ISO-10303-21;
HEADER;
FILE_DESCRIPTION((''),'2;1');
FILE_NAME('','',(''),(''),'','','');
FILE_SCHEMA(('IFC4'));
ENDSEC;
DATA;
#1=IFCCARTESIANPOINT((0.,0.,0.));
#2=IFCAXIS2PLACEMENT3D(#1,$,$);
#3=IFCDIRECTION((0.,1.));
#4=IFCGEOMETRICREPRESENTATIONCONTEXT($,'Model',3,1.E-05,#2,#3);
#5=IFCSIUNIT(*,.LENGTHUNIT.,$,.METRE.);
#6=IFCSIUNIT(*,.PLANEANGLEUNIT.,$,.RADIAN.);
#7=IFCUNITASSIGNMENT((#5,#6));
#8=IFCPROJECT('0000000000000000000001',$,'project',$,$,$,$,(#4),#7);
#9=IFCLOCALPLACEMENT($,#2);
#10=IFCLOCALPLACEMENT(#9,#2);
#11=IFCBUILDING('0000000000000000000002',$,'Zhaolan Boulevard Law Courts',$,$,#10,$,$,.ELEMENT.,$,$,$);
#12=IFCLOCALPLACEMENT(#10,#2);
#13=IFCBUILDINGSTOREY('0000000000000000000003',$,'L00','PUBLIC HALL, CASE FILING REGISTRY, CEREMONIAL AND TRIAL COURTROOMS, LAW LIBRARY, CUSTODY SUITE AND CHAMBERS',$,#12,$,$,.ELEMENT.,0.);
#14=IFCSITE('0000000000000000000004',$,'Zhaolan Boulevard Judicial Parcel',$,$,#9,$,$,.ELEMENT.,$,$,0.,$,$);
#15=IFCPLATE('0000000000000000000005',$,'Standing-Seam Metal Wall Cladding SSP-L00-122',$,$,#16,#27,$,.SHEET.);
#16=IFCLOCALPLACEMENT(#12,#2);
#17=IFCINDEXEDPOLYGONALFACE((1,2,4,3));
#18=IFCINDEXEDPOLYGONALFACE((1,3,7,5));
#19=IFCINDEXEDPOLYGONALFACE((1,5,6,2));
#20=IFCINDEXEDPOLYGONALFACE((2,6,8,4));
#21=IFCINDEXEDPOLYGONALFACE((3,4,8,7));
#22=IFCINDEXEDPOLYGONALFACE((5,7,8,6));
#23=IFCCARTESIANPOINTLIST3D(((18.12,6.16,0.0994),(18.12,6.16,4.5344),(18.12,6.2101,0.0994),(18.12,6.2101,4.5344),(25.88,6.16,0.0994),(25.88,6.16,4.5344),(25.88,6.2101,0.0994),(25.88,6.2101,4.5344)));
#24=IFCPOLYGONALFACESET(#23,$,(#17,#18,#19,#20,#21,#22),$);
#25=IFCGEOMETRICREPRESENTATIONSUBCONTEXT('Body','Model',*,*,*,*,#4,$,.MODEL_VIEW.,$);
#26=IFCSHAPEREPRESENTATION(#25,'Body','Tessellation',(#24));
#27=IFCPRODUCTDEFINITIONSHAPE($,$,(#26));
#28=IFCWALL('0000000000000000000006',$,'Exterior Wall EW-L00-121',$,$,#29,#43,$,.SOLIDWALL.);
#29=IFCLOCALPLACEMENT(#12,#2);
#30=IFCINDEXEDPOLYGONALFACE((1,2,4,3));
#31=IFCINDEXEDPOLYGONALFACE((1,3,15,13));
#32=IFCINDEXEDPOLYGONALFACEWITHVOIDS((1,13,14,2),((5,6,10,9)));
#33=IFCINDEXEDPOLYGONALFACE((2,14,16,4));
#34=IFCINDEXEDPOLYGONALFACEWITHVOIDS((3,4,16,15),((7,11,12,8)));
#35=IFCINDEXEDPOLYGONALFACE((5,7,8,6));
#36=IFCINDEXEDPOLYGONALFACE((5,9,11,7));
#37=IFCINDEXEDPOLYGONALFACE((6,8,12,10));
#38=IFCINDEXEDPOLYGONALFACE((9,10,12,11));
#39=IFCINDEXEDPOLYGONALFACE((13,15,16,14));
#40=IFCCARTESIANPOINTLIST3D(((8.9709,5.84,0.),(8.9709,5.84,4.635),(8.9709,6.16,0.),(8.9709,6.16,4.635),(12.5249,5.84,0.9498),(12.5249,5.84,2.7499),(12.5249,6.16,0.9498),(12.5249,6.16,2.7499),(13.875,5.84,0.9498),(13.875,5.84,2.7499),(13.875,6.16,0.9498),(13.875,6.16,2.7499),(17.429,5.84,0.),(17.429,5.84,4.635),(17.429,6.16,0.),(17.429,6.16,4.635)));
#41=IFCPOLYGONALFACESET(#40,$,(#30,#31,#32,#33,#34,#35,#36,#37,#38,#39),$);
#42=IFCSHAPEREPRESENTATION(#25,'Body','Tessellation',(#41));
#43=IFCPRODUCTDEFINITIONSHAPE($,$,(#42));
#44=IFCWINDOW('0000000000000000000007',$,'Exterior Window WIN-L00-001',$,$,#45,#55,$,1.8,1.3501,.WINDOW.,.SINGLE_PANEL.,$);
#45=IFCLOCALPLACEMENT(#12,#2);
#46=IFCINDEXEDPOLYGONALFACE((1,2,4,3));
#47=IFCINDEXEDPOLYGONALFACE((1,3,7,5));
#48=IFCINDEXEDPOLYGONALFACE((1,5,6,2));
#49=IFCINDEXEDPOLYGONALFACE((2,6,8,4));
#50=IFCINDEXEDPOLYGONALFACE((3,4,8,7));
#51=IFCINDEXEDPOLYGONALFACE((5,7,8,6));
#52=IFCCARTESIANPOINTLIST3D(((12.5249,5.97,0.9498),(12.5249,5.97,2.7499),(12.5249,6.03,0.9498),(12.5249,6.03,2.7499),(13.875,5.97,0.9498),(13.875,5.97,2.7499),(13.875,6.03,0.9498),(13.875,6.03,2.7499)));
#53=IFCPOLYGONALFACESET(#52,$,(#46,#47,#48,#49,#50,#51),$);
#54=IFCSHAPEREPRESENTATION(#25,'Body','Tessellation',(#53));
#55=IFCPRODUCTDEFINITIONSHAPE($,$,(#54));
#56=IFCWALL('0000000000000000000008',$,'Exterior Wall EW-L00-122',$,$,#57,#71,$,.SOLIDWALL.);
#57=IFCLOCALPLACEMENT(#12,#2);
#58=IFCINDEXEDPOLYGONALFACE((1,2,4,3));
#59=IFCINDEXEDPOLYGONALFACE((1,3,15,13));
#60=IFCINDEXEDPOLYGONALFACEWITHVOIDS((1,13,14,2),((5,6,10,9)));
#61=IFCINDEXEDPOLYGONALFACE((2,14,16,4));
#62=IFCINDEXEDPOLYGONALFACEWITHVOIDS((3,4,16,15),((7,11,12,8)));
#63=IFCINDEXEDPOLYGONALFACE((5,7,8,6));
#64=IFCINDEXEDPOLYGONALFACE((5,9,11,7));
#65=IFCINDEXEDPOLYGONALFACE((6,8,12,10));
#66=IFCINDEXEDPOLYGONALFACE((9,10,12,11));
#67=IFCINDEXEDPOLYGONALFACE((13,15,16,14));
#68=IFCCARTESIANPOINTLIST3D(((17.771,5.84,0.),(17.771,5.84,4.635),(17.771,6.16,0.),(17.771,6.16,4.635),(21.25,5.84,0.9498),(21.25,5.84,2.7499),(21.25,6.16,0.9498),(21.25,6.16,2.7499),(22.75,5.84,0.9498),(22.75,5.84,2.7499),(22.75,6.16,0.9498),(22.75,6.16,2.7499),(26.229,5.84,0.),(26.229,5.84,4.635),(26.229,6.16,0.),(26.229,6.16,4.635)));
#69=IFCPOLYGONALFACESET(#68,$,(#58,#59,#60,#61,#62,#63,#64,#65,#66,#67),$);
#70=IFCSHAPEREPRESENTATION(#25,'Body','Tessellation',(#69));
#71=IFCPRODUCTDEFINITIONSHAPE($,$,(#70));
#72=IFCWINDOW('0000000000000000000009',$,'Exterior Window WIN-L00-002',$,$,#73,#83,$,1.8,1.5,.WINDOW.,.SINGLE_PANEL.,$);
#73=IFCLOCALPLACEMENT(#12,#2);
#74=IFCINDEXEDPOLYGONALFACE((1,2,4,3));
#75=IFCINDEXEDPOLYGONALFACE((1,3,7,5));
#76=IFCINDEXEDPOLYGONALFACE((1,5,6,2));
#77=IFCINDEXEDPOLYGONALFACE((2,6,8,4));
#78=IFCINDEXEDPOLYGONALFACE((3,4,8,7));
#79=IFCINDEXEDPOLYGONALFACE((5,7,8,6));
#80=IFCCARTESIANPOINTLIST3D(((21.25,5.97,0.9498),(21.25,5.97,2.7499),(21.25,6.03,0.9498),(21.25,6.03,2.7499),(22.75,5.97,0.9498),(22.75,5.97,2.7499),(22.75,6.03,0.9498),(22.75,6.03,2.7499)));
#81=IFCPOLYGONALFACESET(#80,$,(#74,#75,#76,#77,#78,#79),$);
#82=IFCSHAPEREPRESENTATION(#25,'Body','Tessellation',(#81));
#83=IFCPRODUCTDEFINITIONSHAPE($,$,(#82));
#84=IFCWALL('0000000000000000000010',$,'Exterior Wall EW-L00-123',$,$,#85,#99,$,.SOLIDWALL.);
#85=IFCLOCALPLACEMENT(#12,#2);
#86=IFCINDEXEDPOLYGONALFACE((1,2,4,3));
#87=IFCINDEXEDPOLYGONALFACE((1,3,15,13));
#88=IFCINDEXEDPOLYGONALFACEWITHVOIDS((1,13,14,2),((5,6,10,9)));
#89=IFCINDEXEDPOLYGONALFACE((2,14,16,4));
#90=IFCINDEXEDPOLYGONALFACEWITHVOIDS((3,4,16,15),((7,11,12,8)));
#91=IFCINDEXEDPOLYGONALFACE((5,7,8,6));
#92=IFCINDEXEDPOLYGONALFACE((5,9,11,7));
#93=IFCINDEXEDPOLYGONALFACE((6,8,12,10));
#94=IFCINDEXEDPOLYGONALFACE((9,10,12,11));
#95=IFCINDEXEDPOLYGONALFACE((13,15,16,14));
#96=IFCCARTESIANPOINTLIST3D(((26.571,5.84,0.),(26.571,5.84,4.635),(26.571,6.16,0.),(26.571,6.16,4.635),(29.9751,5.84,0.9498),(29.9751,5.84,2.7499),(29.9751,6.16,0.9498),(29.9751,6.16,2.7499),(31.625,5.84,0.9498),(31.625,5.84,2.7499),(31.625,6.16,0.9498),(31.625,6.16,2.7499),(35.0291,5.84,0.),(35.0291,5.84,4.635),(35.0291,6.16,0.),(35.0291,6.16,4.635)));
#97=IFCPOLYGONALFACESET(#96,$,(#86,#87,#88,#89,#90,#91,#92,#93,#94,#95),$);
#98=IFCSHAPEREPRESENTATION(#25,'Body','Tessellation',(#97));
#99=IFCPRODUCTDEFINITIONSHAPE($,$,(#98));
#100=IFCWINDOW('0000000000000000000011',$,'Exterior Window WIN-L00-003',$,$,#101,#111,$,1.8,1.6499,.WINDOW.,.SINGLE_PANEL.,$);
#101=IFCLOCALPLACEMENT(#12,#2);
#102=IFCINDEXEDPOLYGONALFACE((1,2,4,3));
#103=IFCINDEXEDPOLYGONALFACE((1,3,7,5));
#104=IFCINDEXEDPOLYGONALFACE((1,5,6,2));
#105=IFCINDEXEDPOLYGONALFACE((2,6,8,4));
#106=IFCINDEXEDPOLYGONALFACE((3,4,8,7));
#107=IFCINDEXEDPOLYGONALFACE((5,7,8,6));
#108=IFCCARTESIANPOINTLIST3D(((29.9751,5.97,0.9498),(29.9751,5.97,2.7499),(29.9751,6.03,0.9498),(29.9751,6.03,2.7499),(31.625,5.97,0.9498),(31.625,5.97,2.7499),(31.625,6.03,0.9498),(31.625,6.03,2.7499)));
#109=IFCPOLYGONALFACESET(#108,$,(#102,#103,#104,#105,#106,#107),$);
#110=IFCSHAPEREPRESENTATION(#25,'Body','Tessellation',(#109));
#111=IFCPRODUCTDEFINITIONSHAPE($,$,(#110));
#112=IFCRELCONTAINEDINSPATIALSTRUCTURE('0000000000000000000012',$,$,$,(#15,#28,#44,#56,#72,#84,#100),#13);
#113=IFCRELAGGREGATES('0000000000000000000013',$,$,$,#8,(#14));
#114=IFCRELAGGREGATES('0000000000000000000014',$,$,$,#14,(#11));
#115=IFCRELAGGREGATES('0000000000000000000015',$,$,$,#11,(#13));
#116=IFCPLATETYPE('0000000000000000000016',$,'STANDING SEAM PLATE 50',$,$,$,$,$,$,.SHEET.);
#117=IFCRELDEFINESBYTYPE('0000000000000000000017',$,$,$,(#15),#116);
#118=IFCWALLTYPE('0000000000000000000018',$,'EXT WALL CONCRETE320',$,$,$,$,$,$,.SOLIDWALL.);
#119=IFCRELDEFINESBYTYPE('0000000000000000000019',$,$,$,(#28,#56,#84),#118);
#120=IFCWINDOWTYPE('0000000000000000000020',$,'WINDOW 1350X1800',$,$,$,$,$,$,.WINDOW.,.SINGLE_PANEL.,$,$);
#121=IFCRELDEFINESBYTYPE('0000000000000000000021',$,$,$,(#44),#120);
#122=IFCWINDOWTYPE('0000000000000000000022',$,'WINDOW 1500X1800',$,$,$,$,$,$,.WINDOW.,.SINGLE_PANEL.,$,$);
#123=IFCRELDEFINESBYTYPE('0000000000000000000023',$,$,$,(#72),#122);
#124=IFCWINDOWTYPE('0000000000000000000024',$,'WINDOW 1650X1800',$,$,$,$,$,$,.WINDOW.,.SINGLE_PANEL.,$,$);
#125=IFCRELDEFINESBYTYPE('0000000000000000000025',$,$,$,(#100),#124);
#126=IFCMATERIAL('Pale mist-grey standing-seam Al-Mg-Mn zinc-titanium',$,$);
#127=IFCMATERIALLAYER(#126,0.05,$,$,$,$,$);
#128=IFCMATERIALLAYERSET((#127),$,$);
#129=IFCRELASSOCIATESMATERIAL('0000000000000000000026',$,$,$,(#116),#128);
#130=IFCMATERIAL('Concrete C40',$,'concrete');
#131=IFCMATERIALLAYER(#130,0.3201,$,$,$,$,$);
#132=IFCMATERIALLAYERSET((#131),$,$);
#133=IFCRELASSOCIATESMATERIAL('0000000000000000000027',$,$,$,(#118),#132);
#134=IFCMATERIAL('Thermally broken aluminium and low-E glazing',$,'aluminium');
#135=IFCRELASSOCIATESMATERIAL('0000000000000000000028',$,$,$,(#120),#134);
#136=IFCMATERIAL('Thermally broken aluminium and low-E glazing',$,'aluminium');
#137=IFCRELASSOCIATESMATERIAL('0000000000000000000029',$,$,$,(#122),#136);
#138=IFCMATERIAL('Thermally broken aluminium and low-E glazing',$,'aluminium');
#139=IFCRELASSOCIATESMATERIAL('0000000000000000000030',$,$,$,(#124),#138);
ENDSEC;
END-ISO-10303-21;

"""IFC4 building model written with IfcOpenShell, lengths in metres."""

from ifc_helpers import new_model, si_unit, direction, frame, frame_2d, origin, origin_2d, place, context, subcontext, project, spatial, rectangle, extrude, material, layer, layer_set, type_object, element, fill, save


model = new_model("IFC4")

# Units and contexts
model_context = context("Model", 3, precision=1e-05, world=origin(), true_north=direction((0.0, 1.0)))
body_context = subcontext(model_context, "Body", "Model", "MODEL_VIEW")
ifc_project = project(units=[si_unit("LENGTHUNIT", "METRE"), si_unit("PLANEANGLEUNIT", "RADIAN")], contexts=[model_context])

# Site, building, storey
site_placement = place(None, origin())
site = spatial("IfcSite", under=ifc_project, at=site_placement, Name="Zhaolan Boulevard Judicial Parcel", CompositionType="ELEMENT", RefElevation=0.0)
building_placement = place(site_placement, origin())
building = spatial("IfcBuilding", under=site, at=building_placement, Name="Zhaolan Boulevard Law Courts", CompositionType="ELEMENT")
storey_placement = place(building_placement, origin())
storey = spatial("IfcBuildingStorey", under=building, at=storey_placement, Name="L00", Description="PUBLIC HALL, CASE FILING REGISTRY, CEREMONIAL AND TRIAL COURTROOMS, LAW LIBRARY, CUSTODY SUITE AND CHAMBERS", CompositionType="ELEMENT", Elevation=0.0)

# Plate
ifc_material_1 = material(Name="Pale mist-grey standing-seam Al-Mg-Mn zinc-titanium")
ifc_layer_1 = layer(ifc_material_1, 0.05)
ifc_layer_set_1 = layer_set([ifc_layer_1])
plate_type = type_object("IfcPlateType", Name="STANDING SEAM PLATE 50", PredefinedType="SHEET", material=ifc_layer_set_1)
plate_placement = place(storey_placement, frame((22.0, 6.1851, 0.0994), z_axis=(0.0, 0.0, 1.0), x_axis=(1.0, 0.0, 0.0)))
element("IfcPlate", 1, at=plate_placement, inside=storey, type_object=plate_type, Name="Standing-Seam Metal Wall Cladding SSP-L00-122", PredefinedType="SHEET", context=body_context, shape_type="SweptSolid", body=[
    extrude(rectangle(XDim=7.76, YDim=0.05, at=origin_2d()), origin(), (0.0, 0.0, 1.0), 4.4351),
])

# Walls, openings, windows
ifc_material_2 = material(Name="Concrete C40", Category="concrete")
ifc_layer_2 = layer(ifc_material_2, 0.3201)
ifc_layer_set_2 = layer_set([ifc_layer_2])
wall_type = type_object("IfcWallType", Name="EXT WALL CONCRETE320", PredefinedType="SOLIDWALL", material=ifc_layer_set_2)
wall_1_placement = place(storey_placement, frame((8.9709, 6.0, 0.0), z_axis=(0.0, 0.0, 1.0), x_axis=(1.0, 0.0, 0.0)))
wall_1 = element("IfcWall", 2, at=wall_1_placement, inside=storey, type_object=wall_type, Name="Exterior Wall EW-L00-121", PredefinedType="SOLIDWALL", context=body_context, shape_type="SweptSolid", body=[
    extrude(rectangle(XDim=8.458, YDim=0.3201, at=frame_2d((4.229, 0.0))), origin(), (0.0, 0.0, 1.0), 4.635),
])
opening_1_placement = place(wall_1_placement, frame((3.554, 0.0, 0.95)))
opening_1 = element("IfcOpeningElement", 3, at=opening_1_placement, cuts=wall_1, PredefinedType="OPENING", context=body_context, shape_type="SweptSolid", body=[
    extrude(rectangle(XDim=1.3501, YDim=1.8, at=frame_2d((0.675, 0.8999))), frame((0.0, 0.1699, 0.0), z_axis=(0.0, -1.0, 0.0), x_axis=(1.0, 0.0, 0.0)), (0.0, 0.0, 1.0), 0.3401),
])
ifc_material_3 = material(Name="Thermally broken aluminium and low-E glazing", Category="aluminium")
window_type_1 = type_object("IfcWindowType", Name="WINDOW 1350X1800", PartitioningType="SINGLE_PANEL", PredefinedType="WINDOW", material=ifc_material_3)
window_1_placement = place(opening_1_placement, origin())
window_1 = element("IfcWindow", 4, at=window_1_placement, inside=storey, type_object=window_type_1, Name="Exterior Window WIN-L00-001", OverallHeight=1.8, OverallWidth=1.3501, PartitioningType="SINGLE_PANEL", PredefinedType="WINDOW", context=body_context, shape_type="SweptSolid", body=[
    extrude(rectangle(XDim=1.3501, YDim=1.8, at=frame_2d((0.675, 0.8999))), frame((0.0, 0.03, 0.0), z_axis=(0.0, -1.0, 0.0), x_axis=(1.0, 0.0, 0.0)), (0.0, 0.0, 1.0), 0.0601),
])
fill(opening_1, window_1)
wall_2_placement = place(storey_placement, frame((17.771, 6.0, 0.0), z_axis=(0.0, 0.0, 1.0), x_axis=(1.0, 0.0, 0.0)))
wall_2 = element("IfcWall", 5, at=wall_2_placement, inside=storey, type_object=wall_type, Name="Exterior Wall EW-L00-122", PredefinedType="SOLIDWALL", context=body_context, shape_type="SweptSolid", body=[
    extrude(rectangle(XDim=8.458, YDim=0.3201, at=frame_2d((4.229, 0.0))), origin(), (0.0, 0.0, 1.0), 4.635),
])
opening_2_placement = place(wall_2_placement, frame((3.479, 0.0, 0.95)))
opening_2 = element("IfcOpeningElement", 6, at=opening_2_placement, cuts=wall_2, PredefinedType="OPENING", context=body_context, shape_type="SweptSolid", body=[
    extrude(rectangle(XDim=1.5, YDim=1.8, at=frame_2d((0.75, 0.8999))), frame((0.0, 0.1699, 0.0), z_axis=(0.0, -1.0, 0.0), x_axis=(1.0, 0.0, 0.0)), (0.0, 0.0, 1.0), 0.3401),
])
ifc_material_4 = material(Name="Thermally broken aluminium and low-E glazing", Category="aluminium")
window_type_2 = type_object("IfcWindowType", Name="WINDOW 1500X1800", PartitioningType="SINGLE_PANEL", PredefinedType="WINDOW", material=ifc_material_4)
window_2_placement = place(opening_2_placement, origin())
window_2 = element("IfcWindow", 7, at=window_2_placement, inside=storey, type_object=window_type_2, Name="Exterior Window WIN-L00-002", OverallHeight=1.8, OverallWidth=1.5, PartitioningType="SINGLE_PANEL", PredefinedType="WINDOW", context=body_context, shape_type="SweptSolid", body=[
    extrude(rectangle(XDim=1.5, YDim=1.8, at=frame_2d((0.75, 0.8999))), frame((0.0, 0.03, 0.0), z_axis=(0.0, -1.0, 0.0), x_axis=(1.0, 0.0, 0.0)), (0.0, 0.0, 1.0), 0.0601),
])
fill(opening_2, window_2)
wall_3_placement = place(storey_placement, frame((26.571, 6.0, 0.0), z_axis=(0.0, 0.0, 1.0), x_axis=(1.0, 0.0, 0.0)))
wall_3 = element("IfcWall", 8, at=wall_3_placement, inside=storey, type_object=wall_type, Name="Exterior Wall EW-L00-123", PredefinedType="SOLIDWALL", context=body_context, shape_type="SweptSolid", body=[
    extrude(rectangle(XDim=8.458, YDim=0.3201, at=frame_2d((4.229, 0.0))), origin(), (0.0, 0.0, 1.0), 4.635),
])
opening_3_placement = place(wall_3_placement, frame((3.4041, 0.0, 0.95)))
opening_3 = element("IfcOpeningElement", 9, at=opening_3_placement, cuts=wall_3, PredefinedType="OPENING", context=body_context, shape_type="SweptSolid", body=[
    extrude(rectangle(XDim=1.6499, YDim=1.8, at=frame_2d((0.825, 0.8999))), frame((0.0, 0.1699, 0.0), z_axis=(0.0, -1.0, 0.0), x_axis=(1.0, 0.0, 0.0)), (0.0, 0.0, 1.0), 0.3401),
])
ifc_material_5 = material(Name="Thermally broken aluminium and low-E glazing", Category="aluminium")
window_type_3 = type_object("IfcWindowType", Name="WINDOW 1650X1800", PartitioningType="SINGLE_PANEL", PredefinedType="WINDOW", material=ifc_material_5)
window_3_placement = place(opening_3_placement, origin())
window_3 = element("IfcWindow", 10, at=window_3_placement, inside=storey, type_object=window_type_3, Name="Exterior Window WIN-L00-003", OverallHeight=1.8, OverallWidth=1.6499, PartitioningType="SINGLE_PANEL", PredefinedType="WINDOW", context=body_context, shape_type="SweptSolid", body=[
    extrude(rectangle(XDim=1.6499, YDim=1.8, at=frame_2d((0.825, 0.8999))), frame((0.0, 0.03, 0.0), z_axis=(0.0, -1.0, 0.0), x_axis=(1.0, 0.0, 0.0)), (0.0, 0.0, 1.0), 0.0601),
])
fill(opening_3, window_3)

save(model, "model.ifc")
